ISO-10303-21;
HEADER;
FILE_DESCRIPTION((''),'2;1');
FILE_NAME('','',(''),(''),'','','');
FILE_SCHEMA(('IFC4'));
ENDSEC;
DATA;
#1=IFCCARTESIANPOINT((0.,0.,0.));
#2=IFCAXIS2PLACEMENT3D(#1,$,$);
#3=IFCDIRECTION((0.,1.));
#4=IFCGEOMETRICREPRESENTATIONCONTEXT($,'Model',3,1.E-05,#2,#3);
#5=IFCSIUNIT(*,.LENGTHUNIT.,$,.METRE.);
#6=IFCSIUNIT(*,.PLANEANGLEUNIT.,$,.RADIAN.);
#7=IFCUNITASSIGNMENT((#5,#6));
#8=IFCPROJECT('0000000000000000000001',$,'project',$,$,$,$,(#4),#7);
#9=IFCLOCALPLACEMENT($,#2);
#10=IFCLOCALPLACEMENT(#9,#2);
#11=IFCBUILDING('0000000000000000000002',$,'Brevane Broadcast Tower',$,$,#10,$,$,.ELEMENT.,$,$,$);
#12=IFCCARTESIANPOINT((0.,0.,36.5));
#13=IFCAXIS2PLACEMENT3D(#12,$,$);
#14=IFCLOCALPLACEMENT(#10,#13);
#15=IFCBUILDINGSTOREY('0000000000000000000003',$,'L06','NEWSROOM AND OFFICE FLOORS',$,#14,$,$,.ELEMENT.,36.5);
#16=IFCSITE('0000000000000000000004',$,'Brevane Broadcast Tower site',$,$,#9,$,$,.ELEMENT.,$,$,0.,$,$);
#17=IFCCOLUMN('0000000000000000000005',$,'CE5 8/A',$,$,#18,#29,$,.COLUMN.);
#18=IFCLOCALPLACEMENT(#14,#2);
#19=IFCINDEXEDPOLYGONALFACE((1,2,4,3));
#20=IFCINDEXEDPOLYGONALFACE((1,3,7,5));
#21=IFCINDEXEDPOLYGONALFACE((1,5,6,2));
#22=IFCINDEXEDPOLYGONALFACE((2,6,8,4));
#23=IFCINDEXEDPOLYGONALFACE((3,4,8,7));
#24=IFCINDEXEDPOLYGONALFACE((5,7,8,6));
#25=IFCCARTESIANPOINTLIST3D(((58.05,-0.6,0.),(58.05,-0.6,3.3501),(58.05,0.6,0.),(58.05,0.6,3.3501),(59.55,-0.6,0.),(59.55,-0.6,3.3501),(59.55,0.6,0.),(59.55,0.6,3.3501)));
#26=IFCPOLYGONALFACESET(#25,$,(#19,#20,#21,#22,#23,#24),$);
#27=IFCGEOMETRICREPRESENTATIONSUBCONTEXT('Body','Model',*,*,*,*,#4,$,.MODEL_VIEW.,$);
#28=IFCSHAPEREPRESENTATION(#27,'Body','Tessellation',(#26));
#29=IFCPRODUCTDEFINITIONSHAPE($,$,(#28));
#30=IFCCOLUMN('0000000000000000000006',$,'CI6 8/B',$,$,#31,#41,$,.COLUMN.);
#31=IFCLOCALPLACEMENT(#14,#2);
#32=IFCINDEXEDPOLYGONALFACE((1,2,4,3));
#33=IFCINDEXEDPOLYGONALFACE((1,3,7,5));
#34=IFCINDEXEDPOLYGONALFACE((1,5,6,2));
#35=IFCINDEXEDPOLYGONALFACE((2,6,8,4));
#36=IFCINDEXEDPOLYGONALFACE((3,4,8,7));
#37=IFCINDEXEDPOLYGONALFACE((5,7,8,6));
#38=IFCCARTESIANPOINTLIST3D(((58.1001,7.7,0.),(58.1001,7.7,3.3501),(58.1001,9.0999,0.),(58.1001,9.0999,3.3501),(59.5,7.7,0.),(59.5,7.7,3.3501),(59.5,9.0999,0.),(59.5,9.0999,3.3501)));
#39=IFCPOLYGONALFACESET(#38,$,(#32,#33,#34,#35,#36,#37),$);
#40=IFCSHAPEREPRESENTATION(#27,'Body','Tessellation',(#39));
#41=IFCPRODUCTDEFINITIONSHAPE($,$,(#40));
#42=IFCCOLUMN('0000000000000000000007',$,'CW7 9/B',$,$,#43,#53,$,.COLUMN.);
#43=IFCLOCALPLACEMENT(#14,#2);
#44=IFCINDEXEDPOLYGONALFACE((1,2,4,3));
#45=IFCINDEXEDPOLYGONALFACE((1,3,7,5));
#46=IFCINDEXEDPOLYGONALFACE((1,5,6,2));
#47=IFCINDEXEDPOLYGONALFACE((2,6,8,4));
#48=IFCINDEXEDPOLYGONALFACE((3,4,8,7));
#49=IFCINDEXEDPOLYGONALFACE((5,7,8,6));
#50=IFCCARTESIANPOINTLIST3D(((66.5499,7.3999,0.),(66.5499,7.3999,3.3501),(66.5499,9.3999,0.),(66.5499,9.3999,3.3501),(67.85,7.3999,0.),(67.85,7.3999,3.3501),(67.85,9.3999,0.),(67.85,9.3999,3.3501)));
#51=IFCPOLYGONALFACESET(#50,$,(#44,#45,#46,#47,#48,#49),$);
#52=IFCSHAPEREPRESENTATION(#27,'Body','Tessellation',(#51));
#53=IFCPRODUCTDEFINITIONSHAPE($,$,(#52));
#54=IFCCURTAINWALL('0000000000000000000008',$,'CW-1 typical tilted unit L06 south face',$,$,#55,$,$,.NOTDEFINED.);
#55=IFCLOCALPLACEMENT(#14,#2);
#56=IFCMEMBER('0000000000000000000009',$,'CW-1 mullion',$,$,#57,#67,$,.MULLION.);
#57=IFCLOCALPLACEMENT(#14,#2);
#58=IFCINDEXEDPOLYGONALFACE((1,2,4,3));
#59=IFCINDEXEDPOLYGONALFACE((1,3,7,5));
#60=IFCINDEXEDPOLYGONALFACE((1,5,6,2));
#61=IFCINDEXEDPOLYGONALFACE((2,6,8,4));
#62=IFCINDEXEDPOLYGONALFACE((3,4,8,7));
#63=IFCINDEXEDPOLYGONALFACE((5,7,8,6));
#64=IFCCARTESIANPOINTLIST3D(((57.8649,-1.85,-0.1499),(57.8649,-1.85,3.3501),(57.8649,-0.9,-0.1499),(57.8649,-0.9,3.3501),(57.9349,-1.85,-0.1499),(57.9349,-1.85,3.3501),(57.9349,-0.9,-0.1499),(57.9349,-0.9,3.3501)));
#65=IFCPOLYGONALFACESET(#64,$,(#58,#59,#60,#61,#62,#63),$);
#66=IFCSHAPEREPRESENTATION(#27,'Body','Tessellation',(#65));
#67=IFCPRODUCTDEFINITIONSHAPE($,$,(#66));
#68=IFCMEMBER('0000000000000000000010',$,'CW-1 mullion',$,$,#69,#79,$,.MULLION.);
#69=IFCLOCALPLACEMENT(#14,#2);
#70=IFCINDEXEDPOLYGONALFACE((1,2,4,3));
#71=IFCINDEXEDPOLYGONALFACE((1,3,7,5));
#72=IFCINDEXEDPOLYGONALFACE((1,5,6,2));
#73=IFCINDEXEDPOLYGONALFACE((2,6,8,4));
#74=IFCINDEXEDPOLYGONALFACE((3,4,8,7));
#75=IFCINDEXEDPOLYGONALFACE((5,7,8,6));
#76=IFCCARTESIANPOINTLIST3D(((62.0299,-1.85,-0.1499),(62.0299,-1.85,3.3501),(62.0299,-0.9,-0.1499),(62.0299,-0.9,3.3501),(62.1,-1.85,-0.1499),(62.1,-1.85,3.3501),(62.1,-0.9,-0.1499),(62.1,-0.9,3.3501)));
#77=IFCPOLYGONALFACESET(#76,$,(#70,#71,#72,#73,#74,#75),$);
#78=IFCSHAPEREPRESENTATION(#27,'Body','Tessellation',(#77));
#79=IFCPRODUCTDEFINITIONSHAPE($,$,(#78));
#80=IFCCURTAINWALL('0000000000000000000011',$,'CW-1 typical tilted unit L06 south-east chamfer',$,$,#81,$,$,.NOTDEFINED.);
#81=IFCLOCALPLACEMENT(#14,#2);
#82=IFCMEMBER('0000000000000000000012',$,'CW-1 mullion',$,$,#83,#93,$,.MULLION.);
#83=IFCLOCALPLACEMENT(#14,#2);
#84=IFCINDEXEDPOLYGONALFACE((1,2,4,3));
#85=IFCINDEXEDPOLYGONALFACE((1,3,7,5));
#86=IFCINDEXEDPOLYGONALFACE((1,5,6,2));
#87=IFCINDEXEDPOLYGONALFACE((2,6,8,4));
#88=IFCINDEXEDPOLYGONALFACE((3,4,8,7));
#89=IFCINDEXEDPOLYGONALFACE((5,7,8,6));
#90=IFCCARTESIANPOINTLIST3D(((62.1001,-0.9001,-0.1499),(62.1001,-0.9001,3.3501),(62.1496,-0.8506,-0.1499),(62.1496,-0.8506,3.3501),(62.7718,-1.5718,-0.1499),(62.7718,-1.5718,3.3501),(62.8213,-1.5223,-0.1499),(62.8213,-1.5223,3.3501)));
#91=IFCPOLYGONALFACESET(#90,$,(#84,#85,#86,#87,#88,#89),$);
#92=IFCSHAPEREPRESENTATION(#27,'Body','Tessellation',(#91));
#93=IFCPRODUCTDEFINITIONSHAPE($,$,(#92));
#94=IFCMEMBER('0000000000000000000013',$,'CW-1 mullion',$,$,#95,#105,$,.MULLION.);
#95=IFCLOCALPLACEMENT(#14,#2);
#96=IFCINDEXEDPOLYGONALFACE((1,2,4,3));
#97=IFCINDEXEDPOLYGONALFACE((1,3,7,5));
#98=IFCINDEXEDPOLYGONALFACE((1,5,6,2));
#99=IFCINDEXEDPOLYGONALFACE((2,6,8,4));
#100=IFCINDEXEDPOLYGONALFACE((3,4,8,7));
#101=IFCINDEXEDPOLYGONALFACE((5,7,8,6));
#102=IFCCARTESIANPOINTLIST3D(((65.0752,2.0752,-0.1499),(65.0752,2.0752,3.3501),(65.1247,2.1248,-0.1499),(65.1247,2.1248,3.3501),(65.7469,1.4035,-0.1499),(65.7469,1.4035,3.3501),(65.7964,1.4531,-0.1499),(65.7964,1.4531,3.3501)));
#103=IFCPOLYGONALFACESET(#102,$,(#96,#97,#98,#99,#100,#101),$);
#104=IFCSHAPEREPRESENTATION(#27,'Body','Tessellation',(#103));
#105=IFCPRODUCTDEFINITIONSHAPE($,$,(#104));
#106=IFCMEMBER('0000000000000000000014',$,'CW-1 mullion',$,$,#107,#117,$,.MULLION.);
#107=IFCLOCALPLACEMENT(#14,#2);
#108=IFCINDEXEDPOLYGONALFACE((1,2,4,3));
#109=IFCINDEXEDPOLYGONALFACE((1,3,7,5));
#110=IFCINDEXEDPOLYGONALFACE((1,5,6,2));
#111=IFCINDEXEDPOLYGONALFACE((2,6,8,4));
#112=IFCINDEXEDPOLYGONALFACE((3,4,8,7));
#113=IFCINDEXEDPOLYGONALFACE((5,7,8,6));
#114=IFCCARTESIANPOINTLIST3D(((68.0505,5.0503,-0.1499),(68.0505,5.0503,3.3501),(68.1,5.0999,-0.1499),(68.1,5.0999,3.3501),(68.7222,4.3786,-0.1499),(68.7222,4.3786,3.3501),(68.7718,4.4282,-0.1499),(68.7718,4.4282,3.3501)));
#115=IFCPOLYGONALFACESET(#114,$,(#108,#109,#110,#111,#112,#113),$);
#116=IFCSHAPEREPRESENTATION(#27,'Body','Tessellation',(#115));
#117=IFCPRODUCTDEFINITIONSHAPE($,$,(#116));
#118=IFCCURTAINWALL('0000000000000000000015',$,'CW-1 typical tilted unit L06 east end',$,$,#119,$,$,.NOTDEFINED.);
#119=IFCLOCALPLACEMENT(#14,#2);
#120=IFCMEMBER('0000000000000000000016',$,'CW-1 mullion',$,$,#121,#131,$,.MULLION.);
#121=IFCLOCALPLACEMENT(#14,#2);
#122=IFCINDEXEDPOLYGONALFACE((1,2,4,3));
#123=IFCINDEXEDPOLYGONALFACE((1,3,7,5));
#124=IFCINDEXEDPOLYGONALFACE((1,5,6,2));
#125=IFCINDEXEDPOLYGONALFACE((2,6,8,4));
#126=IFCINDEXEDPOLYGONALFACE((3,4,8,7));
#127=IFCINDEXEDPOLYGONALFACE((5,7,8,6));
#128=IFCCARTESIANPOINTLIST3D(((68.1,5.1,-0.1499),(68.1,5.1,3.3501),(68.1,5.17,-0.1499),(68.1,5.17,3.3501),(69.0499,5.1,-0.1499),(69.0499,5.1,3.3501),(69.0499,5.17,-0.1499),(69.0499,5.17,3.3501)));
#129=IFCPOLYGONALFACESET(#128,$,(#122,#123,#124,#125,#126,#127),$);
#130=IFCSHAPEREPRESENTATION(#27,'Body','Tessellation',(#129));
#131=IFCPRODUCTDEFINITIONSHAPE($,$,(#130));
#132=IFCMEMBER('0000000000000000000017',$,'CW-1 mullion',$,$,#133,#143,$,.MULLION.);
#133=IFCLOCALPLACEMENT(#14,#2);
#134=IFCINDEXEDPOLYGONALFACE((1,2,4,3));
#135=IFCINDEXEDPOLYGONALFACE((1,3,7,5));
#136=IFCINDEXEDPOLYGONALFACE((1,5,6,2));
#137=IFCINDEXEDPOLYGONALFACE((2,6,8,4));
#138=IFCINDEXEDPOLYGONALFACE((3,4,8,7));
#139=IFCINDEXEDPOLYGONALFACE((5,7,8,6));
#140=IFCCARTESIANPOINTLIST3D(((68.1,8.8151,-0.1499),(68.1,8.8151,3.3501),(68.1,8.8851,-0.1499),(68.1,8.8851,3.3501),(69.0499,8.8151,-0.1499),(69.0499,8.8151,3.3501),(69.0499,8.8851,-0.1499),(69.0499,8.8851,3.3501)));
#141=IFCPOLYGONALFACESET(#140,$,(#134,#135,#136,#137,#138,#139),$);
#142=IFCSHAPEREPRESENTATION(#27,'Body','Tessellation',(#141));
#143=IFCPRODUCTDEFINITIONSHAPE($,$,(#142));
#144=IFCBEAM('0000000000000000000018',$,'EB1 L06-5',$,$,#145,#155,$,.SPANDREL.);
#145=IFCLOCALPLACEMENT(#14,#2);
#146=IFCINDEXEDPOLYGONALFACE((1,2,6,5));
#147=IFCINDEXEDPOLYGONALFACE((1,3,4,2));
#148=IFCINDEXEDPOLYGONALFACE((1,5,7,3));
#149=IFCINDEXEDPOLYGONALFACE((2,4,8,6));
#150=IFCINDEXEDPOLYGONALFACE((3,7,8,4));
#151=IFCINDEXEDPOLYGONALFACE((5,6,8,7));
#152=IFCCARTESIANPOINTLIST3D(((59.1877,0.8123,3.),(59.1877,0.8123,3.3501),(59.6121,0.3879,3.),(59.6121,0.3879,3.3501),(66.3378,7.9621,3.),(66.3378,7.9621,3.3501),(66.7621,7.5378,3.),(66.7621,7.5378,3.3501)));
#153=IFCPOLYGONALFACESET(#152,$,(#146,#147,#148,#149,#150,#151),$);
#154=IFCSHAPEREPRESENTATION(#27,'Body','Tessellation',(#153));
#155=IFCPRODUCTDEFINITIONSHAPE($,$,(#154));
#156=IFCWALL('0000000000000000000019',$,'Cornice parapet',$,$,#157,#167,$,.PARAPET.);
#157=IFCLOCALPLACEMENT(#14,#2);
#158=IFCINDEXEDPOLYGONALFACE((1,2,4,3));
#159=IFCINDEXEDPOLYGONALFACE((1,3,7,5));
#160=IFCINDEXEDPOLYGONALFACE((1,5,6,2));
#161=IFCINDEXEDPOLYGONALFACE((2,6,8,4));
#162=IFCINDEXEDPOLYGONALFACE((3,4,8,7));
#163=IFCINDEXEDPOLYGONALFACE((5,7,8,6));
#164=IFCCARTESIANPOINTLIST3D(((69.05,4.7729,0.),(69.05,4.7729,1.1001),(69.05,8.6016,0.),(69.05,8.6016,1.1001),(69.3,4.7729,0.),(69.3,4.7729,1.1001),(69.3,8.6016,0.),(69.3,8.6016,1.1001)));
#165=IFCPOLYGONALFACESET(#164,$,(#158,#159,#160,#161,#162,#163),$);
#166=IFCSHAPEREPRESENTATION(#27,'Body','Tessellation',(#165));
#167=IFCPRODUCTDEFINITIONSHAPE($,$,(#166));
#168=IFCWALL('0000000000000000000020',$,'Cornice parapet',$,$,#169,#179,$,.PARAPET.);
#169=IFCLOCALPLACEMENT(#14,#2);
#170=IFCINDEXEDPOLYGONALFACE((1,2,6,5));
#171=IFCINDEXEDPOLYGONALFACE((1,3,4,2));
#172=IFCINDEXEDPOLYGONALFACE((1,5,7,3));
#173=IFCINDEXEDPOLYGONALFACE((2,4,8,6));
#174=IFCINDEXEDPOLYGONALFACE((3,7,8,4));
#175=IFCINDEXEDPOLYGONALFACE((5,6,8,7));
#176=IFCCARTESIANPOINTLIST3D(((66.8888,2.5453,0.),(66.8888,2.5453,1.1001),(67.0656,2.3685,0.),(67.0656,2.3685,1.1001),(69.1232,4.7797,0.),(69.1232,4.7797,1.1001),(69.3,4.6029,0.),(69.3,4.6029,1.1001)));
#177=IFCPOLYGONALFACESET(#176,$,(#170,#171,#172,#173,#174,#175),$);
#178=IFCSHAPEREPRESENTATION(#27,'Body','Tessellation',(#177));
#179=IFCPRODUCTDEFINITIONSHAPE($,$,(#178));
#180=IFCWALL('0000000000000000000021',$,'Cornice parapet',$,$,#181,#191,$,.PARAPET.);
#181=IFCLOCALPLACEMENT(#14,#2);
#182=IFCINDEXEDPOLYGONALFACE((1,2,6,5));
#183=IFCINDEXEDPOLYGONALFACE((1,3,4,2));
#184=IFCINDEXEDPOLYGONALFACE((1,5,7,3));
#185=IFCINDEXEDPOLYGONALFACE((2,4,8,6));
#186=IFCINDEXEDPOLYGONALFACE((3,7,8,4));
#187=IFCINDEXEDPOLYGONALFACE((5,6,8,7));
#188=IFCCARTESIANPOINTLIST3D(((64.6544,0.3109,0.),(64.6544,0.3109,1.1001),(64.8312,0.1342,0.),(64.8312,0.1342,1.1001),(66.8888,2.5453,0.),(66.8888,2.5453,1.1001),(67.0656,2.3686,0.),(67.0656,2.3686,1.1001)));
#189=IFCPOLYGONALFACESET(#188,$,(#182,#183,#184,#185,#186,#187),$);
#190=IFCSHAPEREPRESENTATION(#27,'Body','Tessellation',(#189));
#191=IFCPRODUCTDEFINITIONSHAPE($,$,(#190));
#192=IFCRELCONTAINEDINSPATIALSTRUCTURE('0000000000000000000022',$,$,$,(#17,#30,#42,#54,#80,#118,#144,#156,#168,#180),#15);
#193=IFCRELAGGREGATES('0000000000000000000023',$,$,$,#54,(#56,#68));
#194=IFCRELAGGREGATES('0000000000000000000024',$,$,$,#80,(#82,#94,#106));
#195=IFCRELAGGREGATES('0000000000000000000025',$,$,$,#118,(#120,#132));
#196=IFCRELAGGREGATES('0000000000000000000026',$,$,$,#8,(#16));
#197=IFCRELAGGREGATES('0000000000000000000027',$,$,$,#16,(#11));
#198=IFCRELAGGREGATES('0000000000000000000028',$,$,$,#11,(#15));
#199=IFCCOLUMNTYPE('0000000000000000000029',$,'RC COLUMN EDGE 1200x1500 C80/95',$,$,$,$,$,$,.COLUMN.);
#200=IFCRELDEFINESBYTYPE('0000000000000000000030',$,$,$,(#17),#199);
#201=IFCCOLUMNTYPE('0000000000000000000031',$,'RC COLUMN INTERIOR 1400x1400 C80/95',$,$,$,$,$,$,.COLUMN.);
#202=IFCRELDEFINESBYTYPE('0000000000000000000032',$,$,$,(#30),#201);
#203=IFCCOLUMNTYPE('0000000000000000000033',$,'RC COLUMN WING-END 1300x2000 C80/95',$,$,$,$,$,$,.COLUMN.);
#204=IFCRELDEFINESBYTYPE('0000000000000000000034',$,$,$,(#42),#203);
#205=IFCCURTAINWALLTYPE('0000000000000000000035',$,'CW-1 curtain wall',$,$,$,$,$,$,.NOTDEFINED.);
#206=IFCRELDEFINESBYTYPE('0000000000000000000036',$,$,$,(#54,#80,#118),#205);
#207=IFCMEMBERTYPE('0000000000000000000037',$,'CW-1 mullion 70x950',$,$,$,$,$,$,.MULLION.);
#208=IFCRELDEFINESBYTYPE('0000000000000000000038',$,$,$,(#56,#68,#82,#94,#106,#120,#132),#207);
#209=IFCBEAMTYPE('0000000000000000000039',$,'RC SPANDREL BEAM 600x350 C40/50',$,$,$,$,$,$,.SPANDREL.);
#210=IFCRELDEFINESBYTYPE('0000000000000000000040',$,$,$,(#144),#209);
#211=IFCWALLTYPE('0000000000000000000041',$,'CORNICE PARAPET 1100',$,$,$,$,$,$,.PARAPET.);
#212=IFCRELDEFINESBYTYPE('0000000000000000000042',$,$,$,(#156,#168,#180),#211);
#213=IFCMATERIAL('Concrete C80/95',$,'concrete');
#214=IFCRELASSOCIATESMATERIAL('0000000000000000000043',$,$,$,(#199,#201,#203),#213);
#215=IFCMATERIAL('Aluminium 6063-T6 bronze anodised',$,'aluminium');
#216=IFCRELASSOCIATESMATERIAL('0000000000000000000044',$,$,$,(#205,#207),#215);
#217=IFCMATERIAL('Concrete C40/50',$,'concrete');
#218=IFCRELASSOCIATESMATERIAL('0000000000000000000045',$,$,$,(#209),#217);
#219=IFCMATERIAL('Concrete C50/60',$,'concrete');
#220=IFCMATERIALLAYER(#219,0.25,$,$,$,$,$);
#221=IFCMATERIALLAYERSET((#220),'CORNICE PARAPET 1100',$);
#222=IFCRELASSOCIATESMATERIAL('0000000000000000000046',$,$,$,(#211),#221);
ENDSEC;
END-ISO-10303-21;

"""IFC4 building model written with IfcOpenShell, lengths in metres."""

from ifc_helpers import new_model, si_unit, direction, frame, frame_2d, origin, origin_2d, place, context, subcontext, project, spatial, rectangle, extrude, material, layer, layer_set, material_profile, profile_set, type_object, element, aggregate, save


model = new_model("IFC4")

# Units and contexts
model_context = context("Model", 3, precision=1e-05, world=origin(), true_north=direction((0.0, 1.0)))
body_context = subcontext(model_context, "Body", "Model", "MODEL_VIEW")
ifc_project = project(units=[si_unit("LENGTHUNIT", "METRE"), si_unit("PLANEANGLEUNIT", "RADIAN")], contexts=[model_context])

# Site, building, storey
site_placement = place(None, origin())
site = spatial("IfcSite", under=ifc_project, at=site_placement, Name="Brevane Broadcast Tower site", CompositionType="ELEMENT", RefElevation=0.0)
building_placement = place(site_placement, origin())
building = spatial("IfcBuilding", under=site, at=building_placement, Name="Brevane Broadcast Tower", CompositionType="ELEMENT")
storey_placement = place(building_placement, frame((0.0, 0.0, 36.5)))
storey = spatial("IfcBuildingStorey", under=building, at=storey_placement, Name="L06", Description="NEWSROOM AND OFFICE FLOORS", CompositionType="ELEMENT", Elevation=36.5)

# Columns
ifc_material_1 = material(Name="Concrete C80/95", Category="concrete")
ifc_material_profile_1 = material_profile(ifc_material_1, rectangle(XDim=1.2, YDim=1.5, at=origin_2d()), Name="RC 1200x1500")
ifc_profile_set_1 = profile_set([ifc_material_profile_1], Name="Concrete C80/95")
column_type_1 = type_object("IfcColumnType", Name="RC COLUMN EDGE 1200x1500 C80/95", PredefinedType="COLUMN", material=ifc_profile_set_1)
column_1_placement = place(storey_placement, frame((58.8, 0.0, 0.0), z_axis=(0.0, 0.0, 1.0), x_axis=(0.0, 1.0, 0.0)))
element("IfcColumn", 1, at=column_1_placement, inside=storey, type_object=column_type_1, Name="CE5 8/A", PredefinedType="COLUMN", context=body_context, shape_type="SweptSolid", body=[
    extrude(rectangle(XDim=1.2, YDim=1.5, at=origin_2d()), origin(), (0.0, 0.0, 1.0), 3.3501),
])
ifc_material_profile_2 = material_profile(ifc_material_1, rectangle(XDim=1.3999, YDim=1.3999, at=origin_2d()), Name="RC 1400x1400")
ifc_profile_set_2 = profile_set([ifc_material_profile_2], Name="Concrete C80/95")
column_type_2 = type_object("IfcColumnType", Name="RC COLUMN INTERIOR 1400x1400 C80/95", PredefinedType="COLUMN", material=ifc_profile_set_2)
column_2_placement = place(storey_placement, frame((58.8, 8.3999, 0.0), z_axis=(0.0, 0.0, 1.0), x_axis=(1.0, 0.0, 0.0)))
element("IfcColumn", 2, at=column_2_placement, inside=storey, type_object=column_type_2, Name="CI6 8/B", PredefinedType="COLUMN", context=body_context, shape_type="SweptSolid", body=[
    extrude(rectangle(XDim=1.3999, YDim=1.3999, at=origin_2d()), origin(), (0.0, 0.0, 1.0), 3.3501),
])
ifc_material_profile_3 = material_profile(ifc_material_1, rectangle(XDim=1.3, YDim=2.0, at=origin_2d()), Name="RC 1300x2000")
ifc_profile_set_3 = profile_set([ifc_material_profile_3], Name="Concrete C80/95")
column_type_3 = type_object("IfcColumnType", Name="RC COLUMN WING-END 1300x2000 C80/95", PredefinedType="COLUMN", material=ifc_profile_set_3)
column_3_placement = place(storey_placement, frame((67.2, 8.3999, 0.0), z_axis=(0.0, 0.0, 1.0), x_axis=(1.0, 0.0, 0.0)))
element("IfcColumn", 3, at=column_3_placement, inside=storey, type_object=column_type_3, Name="CW7 9/B", PredefinedType="COLUMN", context=body_context, shape_type="SweptSolid", body=[
    extrude(rectangle(XDim=1.3, YDim=2.0, at=origin_2d()), origin(), (0.0, 0.0, 1.0), 3.3501),
])

# Curtain walls, members
ifc_material_2 = material(Name="Aluminium 6063-T6 bronze anodised", Category="aluminium")
curtain_wall_type = type_object("IfcCurtainWallType", Name="CW-1 curtain wall", PredefinedType="NOTDEFINED", material=ifc_material_2)
curtain_wall_1_placement = place(storey_placement, origin())
curtain_wall_1 = element("IfcCurtainWall", 4, at=curtain_wall_1_placement, inside=storey, type_object=curtain_wall_type, Name="CW-1 typical tilted unit L06 south face", PredefinedType="NOTDEFINED")
ifc_material_profile_4 = material_profile(ifc_material_2, rectangle(XDim=0.95, YDim=0.0701, at=origin_2d()), Name="RECT 70x950")
ifc_profile_set_4 = profile_set([ifc_material_profile_4], Name="Aluminium 6063-T6 bronze anodised")
member_type = type_object("IfcMemberType", Name="CW-1 mullion 70x950", PredefinedType="MULLION", material=ifc_profile_set_4)
member_1_placement = place(storey_placement, frame((57.8999, -1.375, -0.1499), z_axis=(0.0, 0.0, 1.0), x_axis=(0.0, 1.0, 0.0)))
member_1 = element("IfcMember", 5, at=member_1_placement, type_object=member_type, Name="CW-1 mullion", PredefinedType="MULLION", context=body_context, shape_type="SweptSolid", body=[
    extrude(rectangle(XDim=0.95, YDim=0.0701, at=origin_2d()), origin(), (0.0, 0.0, 1.0), 3.5),
])
member_2_placement = place(storey_placement, frame((62.0649, -1.375, -0.1499), z_axis=(0.0, 0.0, 1.0), x_axis=(0.0, 1.0, 0.0)))
member_2 = element("IfcMember", 6, at=member_2_placement, type_object=member_type, Name="CW-1 mullion", PredefinedType="MULLION", context=body_context, shape_type="SweptSolid", body=[
    extrude(rectangle(XDim=0.95, YDim=0.0701, at=origin_2d()), origin(), (0.0, 0.0, 1.0), 3.5),
])
aggregate(curtain_wall_1, [member_1, member_2])
curtain_wall_2_placement = place(storey_placement, origin())
curtain_wall_2 = element("IfcCurtainWall", 7, at=curtain_wall_2_placement, inside=storey, type_object=curtain_wall_type, Name="CW-1 typical tilted unit L06 south-east chamfer", PredefinedType="NOTDEFINED")
member_3_placement = place(storey_placement, frame((62.4607, -1.2112, -0.1499), z_axis=(0.0, 0.0, 1.0), x_axis=(-0.707107, 0.707107, 0.0)))
member_3 = element("IfcMember", 8, at=member_3_placement, type_object=member_type, Name="CW-1 mullion", PredefinedType="MULLION", context=body_context, shape_type="SweptSolid", body=[
    extrude(rectangle(XDim=0.95, YDim=0.0701, at=origin_2d()), origin(), (0.0, 0.0, 1.0), 3.5),
])
member_4_placement = place(storey_placement, frame((65.4358, 1.7642, -0.1499), z_axis=(0.0, 0.0, 1.0), x_axis=(-0.707107, 0.707107, 0.0)))
member_4 = element("IfcMember", 9, at=member_4_placement, type_object=member_type, Name="CW-1 mullion", PredefinedType="MULLION", context=body_context, shape_type="SweptSolid", body=[
    extrude(rectangle(XDim=0.95, YDim=0.0701, at=origin_2d()), origin(), (0.0, 0.0, 1.0), 3.5),
])
member_5_placement = place(storey_placement, frame((68.4111, 4.7393, -0.1499), z_axis=(0.0, 0.0, 1.0), x_axis=(-0.707107, 0.707107, 0.0)))
member_5 = element("IfcMember", 10, at=member_5_placement, type_object=member_type, Name="CW-1 mullion", PredefinedType="MULLION", context=body_context, shape_type="SweptSolid", body=[
    extrude(rectangle(XDim=0.95, YDim=0.0701, at=origin_2d()), origin(), (0.0, 0.0, 1.0), 3.5),
])
aggregate(curtain_wall_2, [member_3, member_4, member_5])
curtain_wall_3_placement = place(storey_placement, origin())
curtain_wall_3 = element("IfcCurtainWall", 11, at=curtain_wall_3_placement, inside=storey, type_object=curtain_wall_type, Name="CW-1 typical tilted unit L06 east end", PredefinedType="NOTDEFINED")
member_6_placement = place(storey_placement, frame((68.575, 5.135, -0.1499), z_axis=(0.0, 0.0, 1.0), x_axis=(-1.0, 0.0, 0.0)))
member_6 = element("IfcMember", 12, at=member_6_placement, type_object=member_type, Name="CW-1 mullion", PredefinedType="MULLION", context=body_context, shape_type="SweptSolid", body=[
    extrude(rectangle(XDim=0.95, YDim=0.0701, at=origin_2d()), origin(), (0.0, 0.0, 1.0), 3.5),
])
member_7_placement = place(storey_placement, frame((68.575, 8.8501, -0.1499), z_axis=(0.0, 0.0, 1.0), x_axis=(-1.0, 0.0, 0.0)))
member_7 = element("IfcMember", 13, at=member_7_placement, type_object=member_type, Name="CW-1 mullion", PredefinedType="MULLION", context=body_context, shape_type="SweptSolid", body=[
    extrude(rectangle(XDim=0.95, YDim=0.0701, at=origin_2d()), origin(), (0.0, 0.0, 1.0), 3.5),
])
aggregate(curtain_wall_3, [member_6, member_7])

# Beam
ifc_material_3 = material(Name="Concrete C40/50", Category="concrete")
ifc_material_profile_5 = material_profile(ifc_material_3, rectangle(XDim=0.6001, YDim=0.3501, at=origin_2d()), Name="RC 600x350")
ifc_profile_set_5 = profile_set([ifc_material_profile_5], Name="Concrete C40/50")
beam_type = type_object("IfcBeamType", Name="RC SPANDREL BEAM 600x350 C40/50", PredefinedType="SPANDREL", material=ifc_profile_set_5)
beam_placement = place(storey_placement, frame((59.3999, 0.6001, 3.175), z_axis=(0.707119, 0.707095, 0.0), x_axis=(-0.707095, 0.707119, 0.0)))
element("IfcBeam", 14, at=beam_placement, inside=storey, type_object=beam_type, Name="EB1 L06-5", PredefinedType="SPANDREL", context=body_context, shape_type="SweptSolid", body=[
    extrude(rectangle(XDim=0.6001, YDim=0.3501, at=origin_2d()), origin(), (0.0, 0.0, 1.0), 10.1116),
])

# Walls
ifc_material_4 = material(Name="Concrete C50/60", Category="concrete")
ifc_layer_1 = layer(ifc_material_4, 0.25)
ifc_layer_set_1 = layer_set([ifc_layer_1], Name="CORNICE PARAPET 1100")
wall_type_1 = type_object("IfcWallType", Name="CORNICE PARAPET 1100", PredefinedType="PARAPET", material=ifc_layer_set_1)
wall_1_placement = place(storey_placement, frame((69.175, 8.6016, 0.0), z_axis=(0.0, 0.0, 1.0), x_axis=(0.0, -1.0, 0.0)))
element("IfcWall", 15, at=wall_1_placement, inside=storey, type_object=wall_type_1, Name="Cornice parapet", PredefinedType="PARAPET", context=body_context, shape_type="SweptSolid", body=[
    extrude(rectangle(XDim=3.8286, YDim=0.25, at=frame_2d((1.9143, 0.0))), origin(), (0.0, 0.0, 1.0), 1.1001),
])
for number, where, z_axis, x_axis, name in (
    (16, (69.2117, 4.6914, 0.0), (0.0, 0.0, 1.0), (-0.707107, -0.707107, 0.0), "Cornice parapet"),
    (17, (66.9773, 2.457, 0.0), (0.0, 0.0, 1.0), (-0.707107, -0.707107, 0.0), "Cornice parapet"),
):
    element("IfcWall", number, at=place(storey_placement, frame(where, z_axis=z_axis, x_axis=x_axis)), inside=storey, type_object=wall_type_1, Name=name, PredefinedType="PARAPET", context=body_context, shape_type="SweptSolid", body=[
        extrude(rectangle(XDim=3.1599, YDim=0.25, at=frame_2d((1.5801, 0.0))), origin(), (0.0, 0.0, 1.0), 1.1001),
    ])

save(model, "model.ifc")
